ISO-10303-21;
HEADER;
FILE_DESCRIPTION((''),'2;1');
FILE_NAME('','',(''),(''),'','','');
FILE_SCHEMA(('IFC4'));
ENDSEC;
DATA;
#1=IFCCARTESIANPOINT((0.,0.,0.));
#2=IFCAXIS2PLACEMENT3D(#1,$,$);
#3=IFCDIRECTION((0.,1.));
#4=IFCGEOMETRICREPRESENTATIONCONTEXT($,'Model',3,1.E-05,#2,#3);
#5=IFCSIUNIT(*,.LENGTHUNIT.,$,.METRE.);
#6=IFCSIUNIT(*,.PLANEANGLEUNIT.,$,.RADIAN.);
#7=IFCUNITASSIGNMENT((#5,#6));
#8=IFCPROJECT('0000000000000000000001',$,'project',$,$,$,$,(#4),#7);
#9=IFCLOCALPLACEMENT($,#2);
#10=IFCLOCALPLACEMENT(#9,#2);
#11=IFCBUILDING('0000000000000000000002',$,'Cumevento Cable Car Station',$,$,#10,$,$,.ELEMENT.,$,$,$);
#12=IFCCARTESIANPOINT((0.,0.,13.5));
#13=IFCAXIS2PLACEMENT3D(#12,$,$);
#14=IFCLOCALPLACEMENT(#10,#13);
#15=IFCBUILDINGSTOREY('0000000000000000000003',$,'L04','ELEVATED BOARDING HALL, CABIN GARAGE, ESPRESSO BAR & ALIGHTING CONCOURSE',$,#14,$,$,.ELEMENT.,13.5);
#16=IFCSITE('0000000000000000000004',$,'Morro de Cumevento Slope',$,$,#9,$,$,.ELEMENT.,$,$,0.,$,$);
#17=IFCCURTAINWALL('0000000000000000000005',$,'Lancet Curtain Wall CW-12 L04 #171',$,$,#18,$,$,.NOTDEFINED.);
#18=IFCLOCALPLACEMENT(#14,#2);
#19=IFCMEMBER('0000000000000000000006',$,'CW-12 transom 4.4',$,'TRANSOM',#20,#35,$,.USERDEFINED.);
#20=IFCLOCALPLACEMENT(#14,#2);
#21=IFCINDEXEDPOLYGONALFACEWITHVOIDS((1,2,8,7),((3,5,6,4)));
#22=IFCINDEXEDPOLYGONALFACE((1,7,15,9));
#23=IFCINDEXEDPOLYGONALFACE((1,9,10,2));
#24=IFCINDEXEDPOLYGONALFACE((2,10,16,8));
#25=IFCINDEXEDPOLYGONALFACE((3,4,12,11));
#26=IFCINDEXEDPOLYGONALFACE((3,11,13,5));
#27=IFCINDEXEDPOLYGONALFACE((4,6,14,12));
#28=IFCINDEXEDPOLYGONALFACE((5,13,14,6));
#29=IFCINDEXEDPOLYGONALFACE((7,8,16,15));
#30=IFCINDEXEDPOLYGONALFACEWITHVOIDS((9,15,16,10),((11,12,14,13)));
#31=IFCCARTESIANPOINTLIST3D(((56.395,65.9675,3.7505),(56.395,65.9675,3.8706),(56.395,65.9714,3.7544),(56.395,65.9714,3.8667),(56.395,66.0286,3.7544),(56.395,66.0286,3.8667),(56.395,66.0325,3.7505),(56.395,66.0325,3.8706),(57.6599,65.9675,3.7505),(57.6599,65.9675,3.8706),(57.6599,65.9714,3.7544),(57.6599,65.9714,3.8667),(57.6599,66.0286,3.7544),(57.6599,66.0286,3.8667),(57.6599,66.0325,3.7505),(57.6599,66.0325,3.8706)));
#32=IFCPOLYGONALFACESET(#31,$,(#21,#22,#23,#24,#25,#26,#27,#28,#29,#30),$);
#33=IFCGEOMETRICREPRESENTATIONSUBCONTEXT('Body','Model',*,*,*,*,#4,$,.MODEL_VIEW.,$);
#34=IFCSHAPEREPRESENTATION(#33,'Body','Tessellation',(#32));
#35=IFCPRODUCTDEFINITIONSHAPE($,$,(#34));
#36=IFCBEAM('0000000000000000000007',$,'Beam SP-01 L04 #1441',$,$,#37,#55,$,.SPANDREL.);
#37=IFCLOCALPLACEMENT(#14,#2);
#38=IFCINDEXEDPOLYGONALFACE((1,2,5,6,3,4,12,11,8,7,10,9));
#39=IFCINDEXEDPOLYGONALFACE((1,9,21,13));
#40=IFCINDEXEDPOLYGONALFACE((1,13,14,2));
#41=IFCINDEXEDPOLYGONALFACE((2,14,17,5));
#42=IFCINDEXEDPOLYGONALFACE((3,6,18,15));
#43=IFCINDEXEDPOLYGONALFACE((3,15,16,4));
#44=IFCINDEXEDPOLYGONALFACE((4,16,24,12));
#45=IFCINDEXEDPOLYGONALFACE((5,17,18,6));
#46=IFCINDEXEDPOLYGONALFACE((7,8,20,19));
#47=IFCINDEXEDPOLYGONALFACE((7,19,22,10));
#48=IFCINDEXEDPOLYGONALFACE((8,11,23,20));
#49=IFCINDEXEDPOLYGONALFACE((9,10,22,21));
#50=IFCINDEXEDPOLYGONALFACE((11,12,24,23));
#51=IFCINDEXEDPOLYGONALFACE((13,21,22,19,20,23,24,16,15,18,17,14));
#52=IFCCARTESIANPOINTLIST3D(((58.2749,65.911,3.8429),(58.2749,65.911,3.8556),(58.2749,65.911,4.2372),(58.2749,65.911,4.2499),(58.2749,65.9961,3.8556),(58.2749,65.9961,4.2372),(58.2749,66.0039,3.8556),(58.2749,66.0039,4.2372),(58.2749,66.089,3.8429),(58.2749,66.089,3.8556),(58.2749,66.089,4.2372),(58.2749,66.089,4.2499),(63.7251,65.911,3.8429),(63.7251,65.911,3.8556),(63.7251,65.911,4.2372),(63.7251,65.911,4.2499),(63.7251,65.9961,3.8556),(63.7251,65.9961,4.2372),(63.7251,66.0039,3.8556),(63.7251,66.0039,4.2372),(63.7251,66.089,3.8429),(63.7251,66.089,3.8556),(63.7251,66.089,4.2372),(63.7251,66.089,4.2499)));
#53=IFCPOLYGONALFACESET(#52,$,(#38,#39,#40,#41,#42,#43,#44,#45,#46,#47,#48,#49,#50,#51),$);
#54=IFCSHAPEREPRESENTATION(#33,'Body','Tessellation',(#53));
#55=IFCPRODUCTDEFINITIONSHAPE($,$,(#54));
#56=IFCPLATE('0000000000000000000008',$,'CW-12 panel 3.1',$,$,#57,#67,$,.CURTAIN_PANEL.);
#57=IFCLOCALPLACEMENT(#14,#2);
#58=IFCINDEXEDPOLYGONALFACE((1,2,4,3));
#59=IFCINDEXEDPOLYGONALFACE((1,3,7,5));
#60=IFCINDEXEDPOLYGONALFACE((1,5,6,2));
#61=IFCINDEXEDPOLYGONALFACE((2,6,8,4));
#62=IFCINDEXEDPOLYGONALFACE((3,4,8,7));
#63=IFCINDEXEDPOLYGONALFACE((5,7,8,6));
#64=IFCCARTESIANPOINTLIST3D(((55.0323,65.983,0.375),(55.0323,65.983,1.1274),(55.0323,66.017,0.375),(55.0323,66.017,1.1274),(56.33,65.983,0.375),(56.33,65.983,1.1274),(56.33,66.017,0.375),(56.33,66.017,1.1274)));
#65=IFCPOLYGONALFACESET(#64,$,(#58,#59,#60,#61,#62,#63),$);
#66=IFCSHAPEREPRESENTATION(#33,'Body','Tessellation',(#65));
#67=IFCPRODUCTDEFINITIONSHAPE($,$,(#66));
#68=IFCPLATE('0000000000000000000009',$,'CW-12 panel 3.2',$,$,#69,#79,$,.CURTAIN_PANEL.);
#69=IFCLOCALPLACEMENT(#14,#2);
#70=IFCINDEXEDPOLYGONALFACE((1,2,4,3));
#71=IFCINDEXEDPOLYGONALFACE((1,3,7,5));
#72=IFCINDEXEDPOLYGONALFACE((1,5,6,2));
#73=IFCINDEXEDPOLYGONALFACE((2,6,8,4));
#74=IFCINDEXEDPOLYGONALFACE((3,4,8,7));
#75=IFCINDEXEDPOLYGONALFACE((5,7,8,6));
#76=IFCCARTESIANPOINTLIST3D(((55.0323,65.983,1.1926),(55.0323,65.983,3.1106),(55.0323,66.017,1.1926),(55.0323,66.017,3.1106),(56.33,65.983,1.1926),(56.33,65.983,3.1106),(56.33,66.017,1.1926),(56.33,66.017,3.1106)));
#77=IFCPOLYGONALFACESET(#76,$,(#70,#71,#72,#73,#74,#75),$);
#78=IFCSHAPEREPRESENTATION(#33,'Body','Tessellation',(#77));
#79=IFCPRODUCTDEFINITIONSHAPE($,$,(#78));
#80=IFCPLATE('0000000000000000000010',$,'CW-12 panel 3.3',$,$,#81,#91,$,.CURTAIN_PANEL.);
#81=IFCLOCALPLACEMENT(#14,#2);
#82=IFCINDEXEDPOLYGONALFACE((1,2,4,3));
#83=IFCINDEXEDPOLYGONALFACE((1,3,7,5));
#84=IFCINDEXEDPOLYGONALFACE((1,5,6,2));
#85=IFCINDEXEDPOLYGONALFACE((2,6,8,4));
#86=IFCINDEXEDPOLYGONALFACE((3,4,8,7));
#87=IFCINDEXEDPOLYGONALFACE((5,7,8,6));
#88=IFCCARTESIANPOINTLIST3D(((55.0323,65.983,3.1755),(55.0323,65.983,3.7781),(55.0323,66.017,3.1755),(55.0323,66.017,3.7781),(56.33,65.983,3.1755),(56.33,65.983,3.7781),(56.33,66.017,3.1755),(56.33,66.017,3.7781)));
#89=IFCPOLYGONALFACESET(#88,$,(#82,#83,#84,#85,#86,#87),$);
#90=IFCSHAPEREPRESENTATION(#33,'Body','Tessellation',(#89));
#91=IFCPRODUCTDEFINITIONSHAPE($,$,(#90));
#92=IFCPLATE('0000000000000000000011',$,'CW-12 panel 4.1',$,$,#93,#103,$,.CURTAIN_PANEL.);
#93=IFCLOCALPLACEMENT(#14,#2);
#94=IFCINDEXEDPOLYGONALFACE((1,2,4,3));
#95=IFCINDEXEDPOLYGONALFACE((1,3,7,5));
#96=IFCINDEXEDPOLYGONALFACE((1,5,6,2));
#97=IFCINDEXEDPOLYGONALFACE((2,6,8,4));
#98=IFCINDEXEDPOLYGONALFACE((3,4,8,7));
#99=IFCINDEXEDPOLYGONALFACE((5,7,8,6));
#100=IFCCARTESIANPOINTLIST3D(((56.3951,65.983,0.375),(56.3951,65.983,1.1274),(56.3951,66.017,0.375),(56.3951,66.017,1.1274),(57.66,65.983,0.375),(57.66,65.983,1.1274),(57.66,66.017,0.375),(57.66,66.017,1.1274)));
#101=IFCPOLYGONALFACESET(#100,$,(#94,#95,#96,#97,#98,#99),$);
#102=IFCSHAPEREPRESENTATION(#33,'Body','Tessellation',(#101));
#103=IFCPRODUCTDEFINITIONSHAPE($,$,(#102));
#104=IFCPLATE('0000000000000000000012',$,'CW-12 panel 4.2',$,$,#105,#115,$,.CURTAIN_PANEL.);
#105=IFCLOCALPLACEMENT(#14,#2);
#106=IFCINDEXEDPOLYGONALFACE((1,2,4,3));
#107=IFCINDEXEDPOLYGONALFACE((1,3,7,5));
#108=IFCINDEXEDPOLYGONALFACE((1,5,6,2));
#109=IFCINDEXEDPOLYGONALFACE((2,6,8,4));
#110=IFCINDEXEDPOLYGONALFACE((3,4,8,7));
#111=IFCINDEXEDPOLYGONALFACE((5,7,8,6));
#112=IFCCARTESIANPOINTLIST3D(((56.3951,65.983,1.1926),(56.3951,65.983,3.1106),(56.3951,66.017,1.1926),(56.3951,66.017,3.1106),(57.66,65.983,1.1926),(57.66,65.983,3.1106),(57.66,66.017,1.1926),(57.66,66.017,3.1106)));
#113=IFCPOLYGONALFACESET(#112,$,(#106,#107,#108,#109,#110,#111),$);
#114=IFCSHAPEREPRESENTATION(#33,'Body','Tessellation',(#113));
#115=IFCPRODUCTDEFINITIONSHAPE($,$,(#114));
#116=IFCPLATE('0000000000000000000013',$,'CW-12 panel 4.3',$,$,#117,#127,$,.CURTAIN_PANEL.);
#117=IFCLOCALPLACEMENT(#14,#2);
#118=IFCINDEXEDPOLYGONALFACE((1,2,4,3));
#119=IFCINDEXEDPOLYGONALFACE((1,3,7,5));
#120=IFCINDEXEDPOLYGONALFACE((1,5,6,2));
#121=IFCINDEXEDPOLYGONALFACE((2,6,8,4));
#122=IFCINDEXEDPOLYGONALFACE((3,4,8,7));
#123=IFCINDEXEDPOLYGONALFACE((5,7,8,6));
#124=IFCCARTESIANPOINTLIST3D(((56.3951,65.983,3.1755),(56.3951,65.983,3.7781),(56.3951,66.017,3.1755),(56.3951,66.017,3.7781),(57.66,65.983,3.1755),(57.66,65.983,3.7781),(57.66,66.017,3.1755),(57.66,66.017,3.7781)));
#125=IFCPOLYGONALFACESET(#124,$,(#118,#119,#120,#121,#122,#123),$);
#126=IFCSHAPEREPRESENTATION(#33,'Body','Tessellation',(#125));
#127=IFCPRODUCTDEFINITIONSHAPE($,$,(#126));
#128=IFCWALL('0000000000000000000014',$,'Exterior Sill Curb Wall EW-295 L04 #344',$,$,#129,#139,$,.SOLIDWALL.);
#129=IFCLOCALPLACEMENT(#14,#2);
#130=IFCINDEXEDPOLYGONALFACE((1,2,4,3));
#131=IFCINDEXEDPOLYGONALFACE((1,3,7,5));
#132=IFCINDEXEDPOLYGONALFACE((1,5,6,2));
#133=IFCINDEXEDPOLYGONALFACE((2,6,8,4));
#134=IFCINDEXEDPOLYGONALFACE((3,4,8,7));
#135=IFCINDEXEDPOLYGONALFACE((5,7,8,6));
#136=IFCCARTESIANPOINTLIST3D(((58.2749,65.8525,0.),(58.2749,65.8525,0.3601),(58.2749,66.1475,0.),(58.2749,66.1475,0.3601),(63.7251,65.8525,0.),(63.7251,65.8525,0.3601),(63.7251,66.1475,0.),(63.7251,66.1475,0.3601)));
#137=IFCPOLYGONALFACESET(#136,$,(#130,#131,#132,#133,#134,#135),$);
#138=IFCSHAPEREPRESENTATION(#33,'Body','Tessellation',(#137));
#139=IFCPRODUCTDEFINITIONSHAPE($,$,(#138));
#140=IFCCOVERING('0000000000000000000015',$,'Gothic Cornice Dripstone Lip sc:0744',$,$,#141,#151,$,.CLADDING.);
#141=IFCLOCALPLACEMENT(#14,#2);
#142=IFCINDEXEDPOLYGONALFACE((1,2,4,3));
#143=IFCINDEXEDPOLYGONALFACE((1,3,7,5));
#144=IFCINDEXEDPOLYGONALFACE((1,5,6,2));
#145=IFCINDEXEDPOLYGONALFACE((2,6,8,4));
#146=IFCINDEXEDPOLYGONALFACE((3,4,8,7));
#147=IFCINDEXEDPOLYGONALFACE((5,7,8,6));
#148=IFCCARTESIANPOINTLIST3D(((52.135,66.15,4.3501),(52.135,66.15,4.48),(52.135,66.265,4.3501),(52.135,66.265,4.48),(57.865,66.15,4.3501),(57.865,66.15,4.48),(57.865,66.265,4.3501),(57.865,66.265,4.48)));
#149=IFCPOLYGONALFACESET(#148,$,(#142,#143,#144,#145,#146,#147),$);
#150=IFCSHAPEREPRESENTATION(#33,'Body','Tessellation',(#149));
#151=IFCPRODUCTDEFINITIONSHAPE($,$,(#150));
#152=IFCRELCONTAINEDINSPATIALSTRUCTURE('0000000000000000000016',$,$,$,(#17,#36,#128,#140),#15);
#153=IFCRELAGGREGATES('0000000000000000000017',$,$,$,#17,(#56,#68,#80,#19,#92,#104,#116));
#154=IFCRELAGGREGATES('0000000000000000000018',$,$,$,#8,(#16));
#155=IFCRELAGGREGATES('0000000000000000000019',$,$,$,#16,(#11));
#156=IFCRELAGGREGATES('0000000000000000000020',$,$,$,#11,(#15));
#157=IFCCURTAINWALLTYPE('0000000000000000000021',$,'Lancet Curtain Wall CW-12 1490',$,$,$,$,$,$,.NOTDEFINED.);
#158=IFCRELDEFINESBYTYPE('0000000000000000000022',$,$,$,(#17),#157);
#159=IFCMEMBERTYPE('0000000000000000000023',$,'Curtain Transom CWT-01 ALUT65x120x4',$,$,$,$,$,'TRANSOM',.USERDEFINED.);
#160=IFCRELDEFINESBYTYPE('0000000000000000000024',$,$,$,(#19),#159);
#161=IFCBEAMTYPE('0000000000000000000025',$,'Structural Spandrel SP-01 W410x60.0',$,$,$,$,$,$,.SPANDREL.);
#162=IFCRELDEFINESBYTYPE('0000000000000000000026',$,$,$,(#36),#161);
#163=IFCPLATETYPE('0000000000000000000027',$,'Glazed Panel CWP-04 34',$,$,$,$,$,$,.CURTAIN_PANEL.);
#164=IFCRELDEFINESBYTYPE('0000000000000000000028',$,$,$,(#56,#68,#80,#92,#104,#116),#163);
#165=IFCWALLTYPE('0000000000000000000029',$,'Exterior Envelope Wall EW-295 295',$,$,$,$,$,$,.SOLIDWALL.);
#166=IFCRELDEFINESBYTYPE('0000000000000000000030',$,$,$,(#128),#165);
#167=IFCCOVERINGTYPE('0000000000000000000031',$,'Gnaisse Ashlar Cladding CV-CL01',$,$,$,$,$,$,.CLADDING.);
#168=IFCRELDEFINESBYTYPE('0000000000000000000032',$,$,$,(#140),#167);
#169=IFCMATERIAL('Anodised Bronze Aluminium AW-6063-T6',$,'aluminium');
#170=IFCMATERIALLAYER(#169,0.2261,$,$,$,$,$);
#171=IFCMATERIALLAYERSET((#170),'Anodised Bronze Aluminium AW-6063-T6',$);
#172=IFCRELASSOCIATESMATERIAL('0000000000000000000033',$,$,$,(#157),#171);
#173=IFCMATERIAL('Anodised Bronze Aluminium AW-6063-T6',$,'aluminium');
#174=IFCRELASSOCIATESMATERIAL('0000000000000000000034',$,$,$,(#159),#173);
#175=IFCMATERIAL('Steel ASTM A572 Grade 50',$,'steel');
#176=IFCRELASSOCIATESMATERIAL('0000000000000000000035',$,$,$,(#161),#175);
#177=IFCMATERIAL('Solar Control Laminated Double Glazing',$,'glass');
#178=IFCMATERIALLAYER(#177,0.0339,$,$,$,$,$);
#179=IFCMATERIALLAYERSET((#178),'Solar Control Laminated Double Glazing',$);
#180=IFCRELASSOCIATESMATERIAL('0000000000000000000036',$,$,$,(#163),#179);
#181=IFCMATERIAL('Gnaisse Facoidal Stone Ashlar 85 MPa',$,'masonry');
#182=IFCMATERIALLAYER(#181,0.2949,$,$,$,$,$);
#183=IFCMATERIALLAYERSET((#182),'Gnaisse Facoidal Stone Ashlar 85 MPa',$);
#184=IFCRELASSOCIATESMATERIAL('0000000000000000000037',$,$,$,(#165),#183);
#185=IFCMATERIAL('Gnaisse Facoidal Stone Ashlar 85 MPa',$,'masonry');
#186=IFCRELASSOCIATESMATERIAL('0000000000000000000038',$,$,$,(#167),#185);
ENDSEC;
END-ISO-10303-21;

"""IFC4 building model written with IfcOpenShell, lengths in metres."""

from ifc_helpers import new_model, si_unit, direction, frame, frame_2d, origin, origin_2d, place, context, subcontext, project, spatial, rectangle, hollow_rectangle, i_section, extrude, material, layer, layer_set, material_profile, profile_set, type_object, element, aggregate, save


model = new_model("IFC4")

# Units and contexts
model_context = context("Model", 3, precision=1e-05, world=origin(), true_north=direction((0.0, 1.0)))
body_context = subcontext(model_context, "Body", "Model", "MODEL_VIEW")
ifc_project = project(units=[si_unit("LENGTHUNIT", "METRE"), si_unit("PLANEANGLEUNIT", "RADIAN")], contexts=[model_context])

# Site, building, storey
site_placement = place(None, origin())
site = spatial("IfcSite", under=ifc_project, at=site_placement, Name="Morro de Cumevento Slope", CompositionType="ELEMENT", RefElevation=0.0)
building_placement = place(site_placement, origin())
building = spatial("IfcBuilding", under=site, at=building_placement, Name="Cumevento Cable Car Station", CompositionType="ELEMENT")
storey_placement = place(building_placement, frame((0.0, 0.0, 13.5)))
storey = spatial("IfcBuildingStorey", under=building, at=storey_placement, Name="L04", Description="ELEVATED BOARDING HALL, CABIN GARAGE, ESPRESSO BAR & ALIGHTING CONCOURSE", CompositionType="ELEMENT", Elevation=13.5)

# Curtain wall, member
ifc_material_1 = material(Name="Anodised Bronze Aluminium AW-6063-T6", Category="aluminium")
ifc_layer_1 = layer(ifc_material_1, 0.2261)
ifc_layer_set_1 = layer_set([ifc_layer_1], Name="Anodised Bronze Aluminium AW-6063-T6")
curtain_wall_type = type_object("IfcCurtainWallType", Name="Lancet Curtain Wall CW-12 1490", PredefinedType="NOTDEFINED", material=ifc_layer_set_1)
curtain_wall_placement = place(storey_placement, origin())
curtain_wall = element("IfcCurtainWall", 1, at=curtain_wall_placement, inside=storey, type_object=curtain_wall_type, Name="Lancet Curtain Wall CW-12 L04 #171", PredefinedType="NOTDEFINED")
ifc_material_2 = material(Name="Anodised Bronze Aluminium AW-6063-T6", Category="aluminium")
ifc_material_profile_1 = material_profile(ifc_material_2, hollow_rectangle(XDim=0.0649, YDim=0.1201, WallThickness=0.0039, at=origin_2d()), Name="ALUT65x120x4")
ifc_profile_set_1 = profile_set([ifc_material_profile_1], Name="Anodised Bronze Aluminium AW-6063-T6")
member_type_1 = type_object("IfcMemberType", Name="Curtain Transom CWT-01 ALUT65x120x4", ElementType="TRANSOM", PredefinedType="USERDEFINED", material=ifc_profile_set_1)
member_1_placement = place(storey_placement, frame((56.395, 66.0, 3.8105), z_axis=(1.0, 0.0, 0.0), x_axis=(0.0, 1.0, 0.0)))
member_1 = element("IfcMember", 2, at=member_1_placement, type_object=member_type_1, Name="CW-12 transom 4.4", ObjectType="TRANSOM", PredefinedType="USERDEFINED", context=body_context, shape_type="SweptSolid", body=[
    extrude(hollow_rectangle(XDim=0.0649, YDim=0.1201, WallThickness=0.0039, at=origin_2d()), origin(), (0.0, 0.0, 1.0), 1.2649),
])

# Beam
ifc_material_3 = material(Name="Steel ASTM A572 Grade 50", Category="steel")
ifc_material_profile_2 = material_profile(ifc_material_3, i_section(OverallWidth=0.178, OverallDepth=0.407, WebThickness=0.0078, FlangeThickness=0.0127, at=origin_2d()), Name="W410x60.0")
ifc_profile_set_2 = profile_set([ifc_material_profile_2], Name="Steel ASTM A572 Grade 50")
beam_type = type_object("IfcBeamType", Name="Structural Spandrel SP-01 W410x60.0", PredefinedType="SPANDREL", material=ifc_profile_set_2)
beam_placement = place(storey_placement, frame((58.2749, 66.0, 4.0464), z_axis=(1.0, 0.0, 0.0), x_axis=(0.0, 1.0, 0.0)))
element("IfcBeam", 3, at=beam_placement, inside=storey, type_object=beam_type, Name="Beam SP-01 L04 #1441", PredefinedType="SPANDREL", context=body_context, shape_type="SweptSolid", body=[
    extrude(i_section(OverallWidth=0.178, OverallDepth=0.407, WebThickness=0.0078, FlangeThickness=0.0127, at=origin_2d()), origin(), (0.0, 0.0, 1.0), 5.4502),
])

# Plates
ifc_material_4 = material(Name="Solar Control Laminated Double Glazing", Category="glass")
ifc_layer_2 = layer(ifc_material_4, 0.0339)
ifc_layer_set_2 = layer_set([ifc_layer_2], Name="Solar Control Laminated Double Glazing")
plate_type = type_object("IfcPlateType", Name="Glazed Panel CWP-04 34", PredefinedType="CURTAIN_PANEL", material=ifc_layer_set_2)
plate_1_placement = place(storey_placement, frame((55.6812, 66.0, 0.375), z_axis=(0.0, 0.0, 1.0), x_axis=(1.0, 0.0, 0.0)))
plate_1 = element("IfcPlate", 4, at=plate_1_placement, type_object=plate_type, Name="CW-12 panel 3.1", PredefinedType="CURTAIN_PANEL", context=body_context, shape_type="SweptSolid", body=[
    extrude(rectangle(XDim=1.2976, YDim=0.0339, at=origin_2d()), origin(), (0.0, 0.0, 1.0), 0.7524),
])
plate_2_placement = place(storey_placement, frame((55.6812, 66.0, 1.1926), z_axis=(0.0, 0.0, 1.0), x_axis=(1.0, 0.0, 0.0)))
plate_2 = element("IfcPlate", 5, at=plate_2_placement, type_object=plate_type, Name="CW-12 panel 3.2", PredefinedType="CURTAIN_PANEL", context=body_context, shape_type="SweptSolid", body=[
    extrude(rectangle(XDim=1.2976, YDim=0.0339, at=origin_2d()), origin(), (0.0, 0.0, 1.0), 1.918),
])
plate_3_placement = place(storey_placement, frame((55.6812, 66.0, 3.1755), z_axis=(0.0, 0.0, 1.0), x_axis=(1.0, 0.0, 0.0)))
plate_3 = element("IfcPlate", 6, at=plate_3_placement, type_object=plate_type, Name="CW-12 panel 3.3", PredefinedType="CURTAIN_PANEL", context=body_context, shape_type="SweptSolid", body=[
    extrude(rectangle(XDim=1.2976, YDim=0.0339, at=origin_2d()), origin(), (0.0, 0.0, 1.0), 0.6025),
])
plate_4_placement = place(storey_placement, frame((57.0276, 66.0, 0.375), z_axis=(0.0, 0.0, 1.0), x_axis=(1.0, 0.0, 0.0)))
plate_4 = element("IfcPlate", 7, at=plate_4_placement, type_object=plate_type, Name="CW-12 panel 4.1", PredefinedType="CURTAIN_PANEL", context=body_context, shape_type="SweptSolid", body=[
    extrude(rectangle(XDim=1.2649, YDim=0.0339, at=origin_2d()), origin(), (0.0, 0.0, 1.0), 0.7524),
])
plate_5_placement = place(storey_placement, frame((57.0276, 66.0, 1.1926), z_axis=(0.0, 0.0, 1.0), x_axis=(1.0, 0.0, 0.0)))
plate_5 = element("IfcPlate", 8, at=plate_5_placement, type_object=plate_type, Name="CW-12 panel 4.2", PredefinedType="CURTAIN_PANEL", context=body_context, shape_type="SweptSolid", body=[
    extrude(rectangle(XDim=1.2649, YDim=0.0339, at=origin_2d()), origin(), (0.0, 0.0, 1.0), 1.918),
])
plate_6_placement = place(storey_placement, frame((57.0276, 66.0, 3.1755), z_axis=(0.0, 0.0, 1.0), x_axis=(1.0, 0.0, 0.0)))
plate_6 = element("IfcPlate", 9, at=plate_6_placement, type_object=plate_type, Name="CW-12 panel 4.3", PredefinedType="CURTAIN_PANEL", context=body_context, shape_type="SweptSolid", body=[
    extrude(rectangle(XDim=1.2649, YDim=0.0339, at=origin_2d()), origin(), (0.0, 0.0, 1.0), 0.6025),
])
aggregate(curtain_wall, [plate_1, plate_2, plate_3, member_1, plate_4, plate_5, plate_6])

# Wall
ifc_material_5 = material(Name="Gnaisse Facoidal Stone Ashlar 85 MPa", Category="masonry")
ifc_layer_3 = layer(ifc_material_5, 0.2949)
ifc_layer_set_3 = layer_set([ifc_layer_3], Name="Gnaisse Facoidal Stone Ashlar 85 MPa")
wall_type = type_object("IfcWallType", Name="Exterior Envelope Wall EW-295 295", PredefinedType="SOLIDWALL", material=ifc_layer_set_3)
wall_placement = place(storey_placement, frame((58.2749, 66.0, 0.0), z_axis=(0.0, 0.0, 1.0), x_axis=(1.0, 0.0, 0.0)))
element("IfcWall", 10, at=wall_placement, inside=storey, type_object=wall_type, Name="Exterior Sill Curb Wall EW-295 L04 #344", PredefinedType="SOLIDWALL", context=body_context, shape_type="SweptSolid", body=[
    extrude(rectangle(XDim=5.4502, YDim=0.2949, at=frame_2d((2.7251, 0.0))), origin(), (0.0, 0.0, 1.0), 0.3601),
])

# Covering
ifc_material_6 = material(Name="Gnaisse Facoidal Stone Ashlar 85 MPa", Category="masonry")
covering_type = type_object("IfcCoveringType", Name="Gnaisse Ashlar Cladding CV-CL01", PredefinedType="CLADDING", material=ifc_material_6)
covering_1_placement = place(storey_placement, frame((55.0, 66.2075, 4.3501), z_axis=(0.0, 0.0, 1.0), x_axis=(1.0, 0.0, 0.0)))
element("IfcCovering", 11, at=covering_1_placement, inside=storey, type_object=covering_type, Name="Gothic Cornice Dripstone Lip sc:0744", PredefinedType="CLADDING", context=body_context, shape_type="SweptSolid", body=[
    extrude(rectangle(XDim=5.73, YDim=0.115, at=origin_2d()), origin(), (0.0, 0.0, 1.0), 0.1299),
])

save(model, "model.ifc")
